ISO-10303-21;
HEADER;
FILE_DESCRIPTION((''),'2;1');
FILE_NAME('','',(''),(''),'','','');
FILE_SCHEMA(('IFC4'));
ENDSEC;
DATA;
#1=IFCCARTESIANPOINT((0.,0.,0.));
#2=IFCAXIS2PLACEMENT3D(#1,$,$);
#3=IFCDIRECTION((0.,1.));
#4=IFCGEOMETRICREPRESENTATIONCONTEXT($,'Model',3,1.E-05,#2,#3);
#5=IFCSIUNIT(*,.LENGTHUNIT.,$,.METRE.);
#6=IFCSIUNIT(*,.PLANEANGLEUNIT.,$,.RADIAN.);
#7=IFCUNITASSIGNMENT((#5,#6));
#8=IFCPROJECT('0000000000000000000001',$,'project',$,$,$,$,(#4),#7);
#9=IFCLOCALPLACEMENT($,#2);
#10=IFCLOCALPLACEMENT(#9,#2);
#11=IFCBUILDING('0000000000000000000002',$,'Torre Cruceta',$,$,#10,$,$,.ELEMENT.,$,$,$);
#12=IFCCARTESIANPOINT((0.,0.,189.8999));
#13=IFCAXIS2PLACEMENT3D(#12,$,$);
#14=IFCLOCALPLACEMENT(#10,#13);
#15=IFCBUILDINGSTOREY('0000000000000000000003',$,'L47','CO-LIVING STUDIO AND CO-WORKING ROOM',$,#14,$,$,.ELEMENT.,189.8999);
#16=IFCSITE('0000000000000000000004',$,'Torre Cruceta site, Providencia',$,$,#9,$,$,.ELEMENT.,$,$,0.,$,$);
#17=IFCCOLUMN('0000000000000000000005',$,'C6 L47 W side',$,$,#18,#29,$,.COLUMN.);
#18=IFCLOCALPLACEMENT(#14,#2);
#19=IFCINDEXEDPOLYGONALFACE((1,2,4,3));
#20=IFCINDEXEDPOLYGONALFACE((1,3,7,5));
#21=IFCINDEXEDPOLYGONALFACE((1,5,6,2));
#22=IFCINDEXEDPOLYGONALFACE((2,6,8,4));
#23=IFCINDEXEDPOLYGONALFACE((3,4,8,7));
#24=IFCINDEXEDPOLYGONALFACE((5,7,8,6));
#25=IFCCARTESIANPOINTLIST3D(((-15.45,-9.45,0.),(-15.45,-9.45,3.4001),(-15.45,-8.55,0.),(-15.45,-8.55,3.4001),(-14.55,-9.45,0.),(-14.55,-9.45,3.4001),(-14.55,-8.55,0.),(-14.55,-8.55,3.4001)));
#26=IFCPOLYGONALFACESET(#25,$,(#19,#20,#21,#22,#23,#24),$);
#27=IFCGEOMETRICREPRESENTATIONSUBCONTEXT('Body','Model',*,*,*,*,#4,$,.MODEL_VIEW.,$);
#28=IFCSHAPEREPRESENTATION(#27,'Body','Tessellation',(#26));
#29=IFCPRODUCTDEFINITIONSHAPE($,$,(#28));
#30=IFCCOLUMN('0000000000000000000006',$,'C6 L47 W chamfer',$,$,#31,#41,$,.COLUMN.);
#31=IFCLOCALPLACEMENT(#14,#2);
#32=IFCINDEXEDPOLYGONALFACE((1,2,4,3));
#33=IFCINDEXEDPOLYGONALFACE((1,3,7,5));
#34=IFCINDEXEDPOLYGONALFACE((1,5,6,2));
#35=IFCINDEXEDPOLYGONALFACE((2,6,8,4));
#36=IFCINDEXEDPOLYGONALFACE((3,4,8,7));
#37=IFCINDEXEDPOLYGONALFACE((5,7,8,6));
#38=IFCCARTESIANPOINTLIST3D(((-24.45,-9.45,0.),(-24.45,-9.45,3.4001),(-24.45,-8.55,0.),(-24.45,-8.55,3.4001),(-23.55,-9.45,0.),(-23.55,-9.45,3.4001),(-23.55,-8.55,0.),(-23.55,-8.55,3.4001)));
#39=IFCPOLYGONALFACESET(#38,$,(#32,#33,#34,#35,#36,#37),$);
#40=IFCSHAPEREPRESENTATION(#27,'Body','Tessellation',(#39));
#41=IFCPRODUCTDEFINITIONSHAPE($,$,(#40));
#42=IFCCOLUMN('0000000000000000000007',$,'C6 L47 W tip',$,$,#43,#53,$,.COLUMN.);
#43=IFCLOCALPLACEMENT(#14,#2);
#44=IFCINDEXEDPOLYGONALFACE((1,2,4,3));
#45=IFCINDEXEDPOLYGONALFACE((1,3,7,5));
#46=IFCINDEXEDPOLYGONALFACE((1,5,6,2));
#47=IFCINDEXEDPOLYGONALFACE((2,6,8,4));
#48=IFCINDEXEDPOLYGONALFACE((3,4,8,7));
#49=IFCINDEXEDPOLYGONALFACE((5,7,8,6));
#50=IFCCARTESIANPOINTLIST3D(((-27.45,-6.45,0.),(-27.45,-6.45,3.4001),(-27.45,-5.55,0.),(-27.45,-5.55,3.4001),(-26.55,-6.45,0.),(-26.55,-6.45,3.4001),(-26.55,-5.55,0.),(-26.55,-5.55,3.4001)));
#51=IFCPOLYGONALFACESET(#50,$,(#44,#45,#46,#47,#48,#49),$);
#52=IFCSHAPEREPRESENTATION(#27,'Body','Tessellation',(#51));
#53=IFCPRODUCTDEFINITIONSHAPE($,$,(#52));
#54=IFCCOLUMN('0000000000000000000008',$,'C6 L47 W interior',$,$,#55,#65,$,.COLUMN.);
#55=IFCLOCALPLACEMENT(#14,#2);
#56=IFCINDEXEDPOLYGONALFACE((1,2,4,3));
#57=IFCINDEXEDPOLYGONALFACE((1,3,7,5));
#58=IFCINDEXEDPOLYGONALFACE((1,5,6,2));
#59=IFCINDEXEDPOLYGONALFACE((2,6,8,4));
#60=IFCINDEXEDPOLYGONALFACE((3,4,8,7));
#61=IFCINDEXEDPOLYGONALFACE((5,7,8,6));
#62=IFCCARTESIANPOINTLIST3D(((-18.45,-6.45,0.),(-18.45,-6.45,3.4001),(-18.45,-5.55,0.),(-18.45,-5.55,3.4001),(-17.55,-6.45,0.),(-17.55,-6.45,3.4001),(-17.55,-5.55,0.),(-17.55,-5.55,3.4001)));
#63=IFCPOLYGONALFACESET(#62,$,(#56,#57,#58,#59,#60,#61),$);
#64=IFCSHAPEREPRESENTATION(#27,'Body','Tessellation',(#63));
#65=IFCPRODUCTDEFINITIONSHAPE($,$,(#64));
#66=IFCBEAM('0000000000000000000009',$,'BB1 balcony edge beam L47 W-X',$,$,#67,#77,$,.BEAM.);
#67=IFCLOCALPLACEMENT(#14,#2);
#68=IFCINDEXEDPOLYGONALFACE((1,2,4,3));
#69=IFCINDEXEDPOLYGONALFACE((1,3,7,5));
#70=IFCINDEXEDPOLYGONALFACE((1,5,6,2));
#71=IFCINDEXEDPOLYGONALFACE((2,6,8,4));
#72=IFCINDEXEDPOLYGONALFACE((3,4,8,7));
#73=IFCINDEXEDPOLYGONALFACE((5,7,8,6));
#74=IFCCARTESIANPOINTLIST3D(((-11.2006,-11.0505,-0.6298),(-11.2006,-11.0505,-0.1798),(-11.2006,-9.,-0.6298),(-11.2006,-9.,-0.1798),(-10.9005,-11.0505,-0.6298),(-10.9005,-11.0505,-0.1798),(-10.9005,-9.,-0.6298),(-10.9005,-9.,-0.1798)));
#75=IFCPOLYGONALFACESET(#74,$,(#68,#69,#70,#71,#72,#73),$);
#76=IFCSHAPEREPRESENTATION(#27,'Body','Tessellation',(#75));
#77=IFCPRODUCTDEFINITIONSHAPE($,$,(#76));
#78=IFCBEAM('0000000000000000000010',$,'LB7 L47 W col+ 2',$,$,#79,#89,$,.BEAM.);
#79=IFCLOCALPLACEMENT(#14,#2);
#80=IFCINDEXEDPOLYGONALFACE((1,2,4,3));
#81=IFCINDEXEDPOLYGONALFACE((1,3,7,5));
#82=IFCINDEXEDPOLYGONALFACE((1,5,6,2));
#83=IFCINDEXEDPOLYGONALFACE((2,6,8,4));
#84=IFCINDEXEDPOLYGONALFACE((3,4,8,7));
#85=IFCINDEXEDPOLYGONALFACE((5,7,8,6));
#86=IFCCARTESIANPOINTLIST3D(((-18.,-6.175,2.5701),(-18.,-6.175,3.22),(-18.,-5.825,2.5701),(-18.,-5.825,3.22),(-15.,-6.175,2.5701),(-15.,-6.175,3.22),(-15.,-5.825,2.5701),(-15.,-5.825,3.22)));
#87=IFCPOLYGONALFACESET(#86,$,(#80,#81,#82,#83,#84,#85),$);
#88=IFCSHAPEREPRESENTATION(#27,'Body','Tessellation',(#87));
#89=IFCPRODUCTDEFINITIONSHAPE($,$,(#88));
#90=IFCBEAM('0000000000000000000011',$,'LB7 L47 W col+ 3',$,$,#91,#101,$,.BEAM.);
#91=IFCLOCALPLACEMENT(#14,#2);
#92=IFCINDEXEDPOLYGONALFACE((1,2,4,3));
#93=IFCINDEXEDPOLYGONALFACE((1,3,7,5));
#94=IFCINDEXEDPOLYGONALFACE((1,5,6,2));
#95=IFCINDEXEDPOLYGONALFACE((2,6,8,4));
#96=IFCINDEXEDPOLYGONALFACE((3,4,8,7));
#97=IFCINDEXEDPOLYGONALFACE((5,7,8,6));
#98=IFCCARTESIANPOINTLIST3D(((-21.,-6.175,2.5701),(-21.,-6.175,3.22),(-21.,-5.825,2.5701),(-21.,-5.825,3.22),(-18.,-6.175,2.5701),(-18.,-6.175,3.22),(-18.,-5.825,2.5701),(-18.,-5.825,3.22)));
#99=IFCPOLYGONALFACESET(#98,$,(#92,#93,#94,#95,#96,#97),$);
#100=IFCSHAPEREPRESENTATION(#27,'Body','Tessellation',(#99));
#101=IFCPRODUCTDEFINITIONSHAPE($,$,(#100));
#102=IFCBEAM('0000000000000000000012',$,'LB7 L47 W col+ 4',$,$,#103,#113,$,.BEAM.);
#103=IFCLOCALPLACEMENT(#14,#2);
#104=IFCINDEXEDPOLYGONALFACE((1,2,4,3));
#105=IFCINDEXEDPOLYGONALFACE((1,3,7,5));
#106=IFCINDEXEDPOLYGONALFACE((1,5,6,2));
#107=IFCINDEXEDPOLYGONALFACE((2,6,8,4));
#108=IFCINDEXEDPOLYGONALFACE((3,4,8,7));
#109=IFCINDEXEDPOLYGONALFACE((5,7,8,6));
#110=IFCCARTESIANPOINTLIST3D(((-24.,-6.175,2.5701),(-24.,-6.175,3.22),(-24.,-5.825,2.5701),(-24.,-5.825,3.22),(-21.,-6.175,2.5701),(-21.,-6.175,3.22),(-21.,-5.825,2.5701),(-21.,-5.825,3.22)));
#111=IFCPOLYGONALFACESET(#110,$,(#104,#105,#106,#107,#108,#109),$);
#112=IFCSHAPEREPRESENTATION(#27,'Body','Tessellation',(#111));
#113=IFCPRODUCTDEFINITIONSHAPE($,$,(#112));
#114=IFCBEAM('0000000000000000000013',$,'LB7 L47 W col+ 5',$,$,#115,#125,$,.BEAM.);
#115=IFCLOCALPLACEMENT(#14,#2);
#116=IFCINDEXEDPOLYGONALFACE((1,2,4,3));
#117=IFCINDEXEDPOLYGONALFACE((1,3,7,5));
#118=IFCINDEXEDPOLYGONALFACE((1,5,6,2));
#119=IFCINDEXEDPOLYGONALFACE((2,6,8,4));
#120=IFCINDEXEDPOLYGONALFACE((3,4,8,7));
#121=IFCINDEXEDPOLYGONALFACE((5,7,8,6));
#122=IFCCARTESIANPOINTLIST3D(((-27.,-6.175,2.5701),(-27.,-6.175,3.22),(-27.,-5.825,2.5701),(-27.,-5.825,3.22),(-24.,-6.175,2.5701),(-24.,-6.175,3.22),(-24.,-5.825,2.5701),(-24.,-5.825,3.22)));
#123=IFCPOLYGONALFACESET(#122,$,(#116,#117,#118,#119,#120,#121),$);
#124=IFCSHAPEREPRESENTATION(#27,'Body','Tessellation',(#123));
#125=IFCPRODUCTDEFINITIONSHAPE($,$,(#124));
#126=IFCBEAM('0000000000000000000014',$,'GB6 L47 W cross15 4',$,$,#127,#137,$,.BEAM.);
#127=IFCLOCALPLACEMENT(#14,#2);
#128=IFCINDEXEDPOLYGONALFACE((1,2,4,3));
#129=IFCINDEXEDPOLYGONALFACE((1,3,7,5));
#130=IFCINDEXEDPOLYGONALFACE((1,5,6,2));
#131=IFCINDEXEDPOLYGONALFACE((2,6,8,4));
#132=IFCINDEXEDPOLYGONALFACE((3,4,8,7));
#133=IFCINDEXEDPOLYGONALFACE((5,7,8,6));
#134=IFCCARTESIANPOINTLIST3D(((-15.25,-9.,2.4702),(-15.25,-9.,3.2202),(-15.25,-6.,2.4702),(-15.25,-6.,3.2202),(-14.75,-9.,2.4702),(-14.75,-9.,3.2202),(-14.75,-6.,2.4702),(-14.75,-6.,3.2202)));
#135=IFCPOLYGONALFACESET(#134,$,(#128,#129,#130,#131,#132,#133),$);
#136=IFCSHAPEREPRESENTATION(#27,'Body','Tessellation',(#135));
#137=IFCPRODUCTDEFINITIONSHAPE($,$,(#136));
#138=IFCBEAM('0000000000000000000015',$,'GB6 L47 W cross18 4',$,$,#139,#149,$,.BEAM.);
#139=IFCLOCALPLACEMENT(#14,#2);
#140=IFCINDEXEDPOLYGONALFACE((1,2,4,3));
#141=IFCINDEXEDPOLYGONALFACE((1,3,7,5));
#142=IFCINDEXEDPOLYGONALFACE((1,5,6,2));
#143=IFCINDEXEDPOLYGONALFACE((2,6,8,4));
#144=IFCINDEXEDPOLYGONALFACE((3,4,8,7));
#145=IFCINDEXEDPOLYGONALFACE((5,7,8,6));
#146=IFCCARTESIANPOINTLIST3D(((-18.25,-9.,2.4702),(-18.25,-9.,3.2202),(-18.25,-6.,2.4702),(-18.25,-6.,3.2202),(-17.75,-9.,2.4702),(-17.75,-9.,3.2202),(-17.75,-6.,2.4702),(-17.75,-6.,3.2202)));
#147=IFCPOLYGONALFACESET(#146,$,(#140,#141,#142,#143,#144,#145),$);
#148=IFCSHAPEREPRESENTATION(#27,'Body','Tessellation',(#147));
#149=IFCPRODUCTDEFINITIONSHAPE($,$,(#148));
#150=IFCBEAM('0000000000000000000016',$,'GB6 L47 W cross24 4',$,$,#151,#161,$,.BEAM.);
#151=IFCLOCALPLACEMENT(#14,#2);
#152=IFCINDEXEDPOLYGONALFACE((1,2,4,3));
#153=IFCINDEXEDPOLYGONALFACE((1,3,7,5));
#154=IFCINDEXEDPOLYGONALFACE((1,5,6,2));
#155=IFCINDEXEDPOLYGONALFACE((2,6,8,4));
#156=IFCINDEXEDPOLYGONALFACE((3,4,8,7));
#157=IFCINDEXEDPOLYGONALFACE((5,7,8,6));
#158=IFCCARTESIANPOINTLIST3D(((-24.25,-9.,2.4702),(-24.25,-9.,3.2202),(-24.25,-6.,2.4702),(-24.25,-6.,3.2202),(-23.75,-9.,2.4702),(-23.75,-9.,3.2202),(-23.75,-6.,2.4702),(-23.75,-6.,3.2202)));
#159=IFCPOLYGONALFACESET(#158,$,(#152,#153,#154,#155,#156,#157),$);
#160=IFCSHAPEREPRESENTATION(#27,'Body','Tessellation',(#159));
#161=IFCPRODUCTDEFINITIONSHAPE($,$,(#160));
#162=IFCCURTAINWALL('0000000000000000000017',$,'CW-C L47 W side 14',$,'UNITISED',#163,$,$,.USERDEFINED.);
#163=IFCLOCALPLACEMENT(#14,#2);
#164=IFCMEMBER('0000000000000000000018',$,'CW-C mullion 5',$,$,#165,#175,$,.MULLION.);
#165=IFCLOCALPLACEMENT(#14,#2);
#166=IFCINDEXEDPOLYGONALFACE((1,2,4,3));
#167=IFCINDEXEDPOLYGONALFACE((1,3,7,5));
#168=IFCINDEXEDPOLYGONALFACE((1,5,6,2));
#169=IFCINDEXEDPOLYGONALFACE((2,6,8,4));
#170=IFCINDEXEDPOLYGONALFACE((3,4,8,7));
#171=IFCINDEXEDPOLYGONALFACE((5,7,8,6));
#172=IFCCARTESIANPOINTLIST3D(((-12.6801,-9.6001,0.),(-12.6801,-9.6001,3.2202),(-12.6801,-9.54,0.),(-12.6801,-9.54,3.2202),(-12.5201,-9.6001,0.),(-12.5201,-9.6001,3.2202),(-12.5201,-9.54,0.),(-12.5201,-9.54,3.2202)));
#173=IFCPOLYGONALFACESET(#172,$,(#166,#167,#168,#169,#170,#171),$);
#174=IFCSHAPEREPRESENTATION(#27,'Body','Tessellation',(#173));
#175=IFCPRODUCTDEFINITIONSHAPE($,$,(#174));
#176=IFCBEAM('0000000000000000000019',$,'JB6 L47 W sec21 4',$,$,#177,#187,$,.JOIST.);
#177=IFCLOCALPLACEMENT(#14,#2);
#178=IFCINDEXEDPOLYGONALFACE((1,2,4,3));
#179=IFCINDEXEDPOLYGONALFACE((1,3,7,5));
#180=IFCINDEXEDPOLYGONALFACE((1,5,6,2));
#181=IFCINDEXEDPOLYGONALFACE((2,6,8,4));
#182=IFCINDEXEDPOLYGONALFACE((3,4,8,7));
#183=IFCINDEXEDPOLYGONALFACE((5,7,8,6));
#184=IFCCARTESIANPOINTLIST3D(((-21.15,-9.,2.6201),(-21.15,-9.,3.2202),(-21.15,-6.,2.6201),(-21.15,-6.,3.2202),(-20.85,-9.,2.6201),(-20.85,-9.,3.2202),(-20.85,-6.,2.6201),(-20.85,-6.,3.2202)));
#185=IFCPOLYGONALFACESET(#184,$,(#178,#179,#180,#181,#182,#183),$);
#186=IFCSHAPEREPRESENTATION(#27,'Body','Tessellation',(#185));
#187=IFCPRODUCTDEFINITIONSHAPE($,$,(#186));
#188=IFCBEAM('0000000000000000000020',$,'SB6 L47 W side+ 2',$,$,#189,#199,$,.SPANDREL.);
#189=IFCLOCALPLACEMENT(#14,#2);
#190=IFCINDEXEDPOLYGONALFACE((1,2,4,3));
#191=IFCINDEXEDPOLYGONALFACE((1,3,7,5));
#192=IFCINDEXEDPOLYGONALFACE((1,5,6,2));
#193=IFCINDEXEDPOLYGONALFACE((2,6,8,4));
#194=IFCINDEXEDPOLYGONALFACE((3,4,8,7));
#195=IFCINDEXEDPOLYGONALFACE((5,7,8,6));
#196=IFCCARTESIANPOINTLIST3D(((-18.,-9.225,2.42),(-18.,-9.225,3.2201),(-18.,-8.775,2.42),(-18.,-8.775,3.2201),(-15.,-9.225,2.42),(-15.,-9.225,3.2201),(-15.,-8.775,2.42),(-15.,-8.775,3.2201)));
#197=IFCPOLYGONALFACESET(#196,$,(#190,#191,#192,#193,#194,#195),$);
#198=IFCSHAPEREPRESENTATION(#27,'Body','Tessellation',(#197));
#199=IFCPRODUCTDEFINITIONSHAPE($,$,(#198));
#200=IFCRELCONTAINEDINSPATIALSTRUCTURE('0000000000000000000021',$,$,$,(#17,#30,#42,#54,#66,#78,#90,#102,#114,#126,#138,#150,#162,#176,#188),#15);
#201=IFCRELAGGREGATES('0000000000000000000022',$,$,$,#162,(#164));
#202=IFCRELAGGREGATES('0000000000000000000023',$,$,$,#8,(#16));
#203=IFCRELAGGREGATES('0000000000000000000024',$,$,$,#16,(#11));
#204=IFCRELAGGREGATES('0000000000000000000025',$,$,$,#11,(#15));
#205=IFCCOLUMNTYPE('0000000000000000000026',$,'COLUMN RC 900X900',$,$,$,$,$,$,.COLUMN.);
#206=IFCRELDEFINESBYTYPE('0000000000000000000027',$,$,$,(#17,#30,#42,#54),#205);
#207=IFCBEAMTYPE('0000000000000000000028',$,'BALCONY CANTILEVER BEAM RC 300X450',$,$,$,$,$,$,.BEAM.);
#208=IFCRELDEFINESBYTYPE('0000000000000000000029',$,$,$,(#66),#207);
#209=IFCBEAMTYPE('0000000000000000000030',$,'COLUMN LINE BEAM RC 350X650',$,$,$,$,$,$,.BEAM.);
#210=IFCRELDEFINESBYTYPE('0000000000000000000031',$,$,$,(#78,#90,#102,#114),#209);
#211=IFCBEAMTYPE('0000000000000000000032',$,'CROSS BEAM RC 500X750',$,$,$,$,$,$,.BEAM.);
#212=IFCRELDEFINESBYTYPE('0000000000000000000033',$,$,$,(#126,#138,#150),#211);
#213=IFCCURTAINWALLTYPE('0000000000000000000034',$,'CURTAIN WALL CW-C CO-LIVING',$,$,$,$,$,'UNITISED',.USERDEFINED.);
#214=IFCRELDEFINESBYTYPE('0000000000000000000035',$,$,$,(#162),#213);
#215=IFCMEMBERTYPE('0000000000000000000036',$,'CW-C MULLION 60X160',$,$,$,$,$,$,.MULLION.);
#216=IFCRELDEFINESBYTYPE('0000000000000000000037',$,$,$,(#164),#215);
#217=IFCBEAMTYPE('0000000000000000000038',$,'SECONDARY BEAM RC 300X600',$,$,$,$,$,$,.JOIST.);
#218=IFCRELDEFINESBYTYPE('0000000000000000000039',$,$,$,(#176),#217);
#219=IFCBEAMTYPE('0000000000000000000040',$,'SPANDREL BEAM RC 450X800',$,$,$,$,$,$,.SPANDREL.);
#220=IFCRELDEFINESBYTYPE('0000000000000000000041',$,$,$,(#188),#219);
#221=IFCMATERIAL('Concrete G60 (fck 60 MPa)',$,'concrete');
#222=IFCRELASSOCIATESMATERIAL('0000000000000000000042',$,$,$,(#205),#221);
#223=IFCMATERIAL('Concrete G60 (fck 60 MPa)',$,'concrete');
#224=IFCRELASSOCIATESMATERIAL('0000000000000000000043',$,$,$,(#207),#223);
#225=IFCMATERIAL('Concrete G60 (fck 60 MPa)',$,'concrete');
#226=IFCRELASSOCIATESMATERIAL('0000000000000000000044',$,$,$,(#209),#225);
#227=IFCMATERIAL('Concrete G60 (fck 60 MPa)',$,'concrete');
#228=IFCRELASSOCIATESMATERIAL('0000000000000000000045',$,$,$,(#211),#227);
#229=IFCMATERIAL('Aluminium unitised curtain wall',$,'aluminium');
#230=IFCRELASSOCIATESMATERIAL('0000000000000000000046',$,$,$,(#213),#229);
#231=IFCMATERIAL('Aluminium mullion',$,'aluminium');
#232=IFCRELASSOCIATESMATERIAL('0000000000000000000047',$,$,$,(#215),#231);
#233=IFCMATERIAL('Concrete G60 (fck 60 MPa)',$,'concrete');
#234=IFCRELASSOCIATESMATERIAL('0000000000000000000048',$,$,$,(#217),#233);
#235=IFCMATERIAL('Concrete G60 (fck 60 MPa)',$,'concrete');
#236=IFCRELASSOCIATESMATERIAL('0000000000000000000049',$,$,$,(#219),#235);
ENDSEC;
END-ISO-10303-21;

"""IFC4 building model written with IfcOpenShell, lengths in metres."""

from ifc_helpers import new_model, si_unit, direction, frame, origin, origin_2d, place, context, subcontext, project, spatial, rectangle, extrude, material, material_profile, profile_set, type_object, element, aggregate, save


model = new_model("IFC4")

# Units and contexts
model_context = context("Model", 3, precision=1e-05, world=origin(), true_north=direction((0.0, 1.0)))
body_context = subcontext(model_context, "Body", "Model", "MODEL_VIEW")
ifc_project = project(units=[si_unit("LENGTHUNIT", "METRE"), si_unit("PLANEANGLEUNIT", "RADIAN")], contexts=[model_context])

# Site, building, storey
site_placement = place(None, origin())
site = spatial("IfcSite", under=ifc_project, at=site_placement, Name="Torre Cruceta site, Providencia", CompositionType="ELEMENT", RefElevation=0.0)
building_placement = place(site_placement, origin())
building = spatial("IfcBuilding", under=site, at=building_placement, Name="Torre Cruceta", CompositionType="ELEMENT")
storey_placement = place(building_placement, frame((0.0, 0.0, 189.8999)))
storey = spatial("IfcBuildingStorey", under=building, at=storey_placement, Name="L47", Description="CO-LIVING STUDIO AND CO-WORKING ROOM", CompositionType="ELEMENT", Elevation=189.8999)

# Columns
ifc_material_1 = material(Name="Concrete G60 (fck 60 MPa)", Category="concrete")
ifc_material_profile_1 = material_profile(ifc_material_1, rectangle(XDim=0.8999, YDim=0.8999, at=origin_2d()), Name="RC 900X900")
ifc_profile_set_1 = profile_set([ifc_material_profile_1], Name="Concrete G60 (fck 60 MPa)")
column_type = type_object("IfcColumnType", Name="COLUMN RC 900X900", PredefinedType="COLUMN", material=ifc_profile_set_1)
for number, where, z_axis, x_axis, name in (
    (1, (-15.0, -9.0, 0.0), (0.0, 0.0, 1.0), (1.0, 0.0, 0.0), "C6 L47 W side"),
    (2, (-24.0, -9.0, 0.0), (0.0, 0.0, 1.0), (1.0, 0.0, 0.0), "C6 L47 W chamfer"),
    (3, (-27.0, -6.0, 0.0), (0.0, 0.0, 1.0), (1.0, 0.0, 0.0), "C6 L47 W tip"),
    (4, (-18.0, -6.0, 0.0), (0.0, 0.0, 1.0), (1.0, 0.0, 0.0), "C6 L47 W interior"),
):
    element("IfcColumn", number, at=place(storey_placement, frame(where, z_axis=z_axis, x_axis=x_axis)), inside=storey, type_object=column_type, Name=name, PredefinedType="COLUMN", context=body_context, shape_type="SweptSolid", body=[
        extrude(rectangle(XDim=0.8999, YDim=0.8999, at=origin_2d()), origin(), (0.0, 0.0, 1.0), 3.4001),
    ])

# Beams
ifc_material_2 = material(Name="Concrete G60 (fck 60 MPa)", Category="concrete")
ifc_material_profile_2 = material_profile(ifc_material_2, rectangle(XDim=0.3, YDim=0.45, at=origin_2d()), Name="RC 300X450")
ifc_profile_set_2 = profile_set([ifc_material_profile_2], Name="Concrete G60 (fck 60 MPa)")
beam_type_1 = type_object("IfcBeamType", Name="BALCONY CANTILEVER BEAM RC 300X450", PredefinedType="BEAM", material=ifc_profile_set_2)
beam_1_placement = place(storey_placement, frame((-11.0505, -9.0, -0.4048), z_axis=(0.0, -1.0, 0.0), x_axis=(1.0, 0.0, 0.0)))
element("IfcBeam", 5, at=beam_1_placement, inside=storey, type_object=beam_type_1, Name="BB1 balcony edge beam L47 W-X", PredefinedType="BEAM", context=body_context, shape_type="SweptSolid", body=[
    extrude(rectangle(XDim=0.3, YDim=0.45, at=origin_2d()), origin(), (0.0, 0.0, 1.0), 2.0505),
])
ifc_material_3 = material(Name="Concrete G60 (fck 60 MPa)", Category="concrete")
ifc_material_profile_3 = material_profile(ifc_material_3, rectangle(XDim=0.3501, YDim=0.6499, at=origin_2d()), Name="RC 350X650")
ifc_profile_set_3 = profile_set([ifc_material_profile_3], Name="Concrete G60 (fck 60 MPa)")
beam_type_2 = type_object("IfcBeamType", Name="COLUMN LINE BEAM RC 350X650", PredefinedType="BEAM", material=ifc_profile_set_3)
for number, where, z_axis, x_axis, name in (
    (6, (-15.0, -6.0, 2.895), (-1.0, 0.0, 0.0), (0.0, -1.0, 0.0), "LB7 L47 W col+ 2"),
    (7, (-18.0, -6.0, 2.895), (-1.0, 0.0, 0.0), (0.0, -1.0, 0.0), "LB7 L47 W col+ 3"),
    (8, (-21.0, -6.0, 2.895), (-1.0, 0.0, 0.0), (0.0, -1.0, 0.0), "LB7 L47 W col+ 4"),
    (9, (-24.0, -6.0, 2.895), (-1.0, 0.0, 0.0), (0.0, -1.0, 0.0), "LB7 L47 W col+ 5"),
):
    element("IfcBeam", number, at=place(storey_placement, frame(where, z_axis=z_axis, x_axis=x_axis)), inside=storey, type_object=beam_type_2, Name=name, PredefinedType="BEAM", context=body_context, shape_type="SweptSolid", body=[
        extrude(rectangle(XDim=0.3501, YDim=0.6499, at=origin_2d()), origin(), (0.0, 0.0, 1.0), 3.0),
    ])
ifc_material_4 = material(Name="Concrete G60 (fck 60 MPa)", Category="concrete")
ifc_material_profile_4 = material_profile(ifc_material_4, rectangle(XDim=0.5, YDim=0.75, at=origin_2d()), Name="RC 500X750")
ifc_profile_set_4 = profile_set([ifc_material_profile_4], Name="Concrete G60 (fck 60 MPa)")
beam_type_3 = type_object("IfcBeamType", Name="CROSS BEAM RC 500X750", PredefinedType="BEAM", material=ifc_profile_set_4)
for number, where, z_axis, x_axis, name in (
    (10, (-15.0, -6.0, 2.8452), (0.0, -1.0, 0.0), (1.0, 0.0, 0.0), "GB6 L47 W cross15 4"),
    (11, (-18.0, -6.0, 2.8452), (0.0, -1.0, 0.0), (1.0, 0.0, 0.0), "GB6 L47 W cross18 4"),
    (12, (-24.0, -6.0, 2.8452), (0.0, -1.0, 0.0), (1.0, 0.0, 0.0), "GB6 L47 W cross24 4"),
):
    element("IfcBeam", number, at=place(storey_placement, frame(where, z_axis=z_axis, x_axis=x_axis)), inside=storey, type_object=beam_type_3, Name=name, PredefinedType="BEAM", context=body_context, shape_type="SweptSolid", body=[
        extrude(rectangle(XDim=0.5, YDim=0.75, at=origin_2d()), origin(), (0.0, 0.0, 1.0), 3.0),
    ])

# Curtain wall, member
ifc_material_5 = material(Name="Aluminium unitised curtain wall", Category="aluminium")
curtain_wall_type = type_object("IfcCurtainWallType", Name="CURTAIN WALL CW-C CO-LIVING", ElementType="UNITISED", PredefinedType="USERDEFINED", material=ifc_material_5)
curtain_wall_placement = place(storey_placement, origin())
curtain_wall = element("IfcCurtainWall", 13, at=curtain_wall_placement, inside=storey, type_object=curtain_wall_type, Name="CW-C L47 W side 14", ObjectType="UNITISED", PredefinedType="USERDEFINED")
ifc_material_6 = material(Name="Aluminium mullion", Category="aluminium")
ifc_material_profile_5 = material_profile(ifc_material_6, rectangle(XDim=0.0601, YDim=0.1599, at=origin_2d()), Name="AL 60X160")
ifc_profile_set_5 = profile_set([ifc_material_profile_5], Name="Aluminium mullion")
member_type = type_object("IfcMemberType", Name="CW-C MULLION 60X160", PredefinedType="MULLION", material=ifc_profile_set_5)
member_placement = place(storey_placement, frame((-12.6001, -9.5701, 0.0), z_axis=(0.0, 0.0, 1.0), x_axis=(0.0, 1.0, 0.0)))
member = element("IfcMember", 14, at=member_placement, type_object=member_type, Name="CW-C mullion 5", PredefinedType="MULLION", context=body_context, shape_type="SweptSolid", body=[
    extrude(rectangle(XDim=0.0601, YDim=0.1599, at=origin_2d()), origin(), (0.0, 0.0, 1.0), 3.2202),
])
aggregate(curtain_wall, [member])

# Beams
ifc_material_7 = material(Name="Concrete G60 (fck 60 MPa)", Category="concrete")
ifc_material_profile_6 = material_profile(ifc_material_7, rectangle(XDim=0.3, YDim=0.6001, at=origin_2d()), Name="RC 300X600")
ifc_profile_set_6 = profile_set([ifc_material_profile_6], Name="Concrete G60 (fck 60 MPa)")
beam_type_4 = type_object("IfcBeamType", Name="SECONDARY BEAM RC 300X600", PredefinedType="JOIST", material=ifc_profile_set_6)
beam_2_placement = place(storey_placement, frame((-21.0, -6.0, 2.9202), z_axis=(0.0, -1.0, 0.0), x_axis=(1.0, 0.0, 0.0)))
element("IfcBeam", 15, at=beam_2_placement, inside=storey, type_object=beam_type_4, Name="JB6 L47 W sec21 4", PredefinedType="JOIST", context=body_context, shape_type="SweptSolid", body=[
    extrude(rectangle(XDim=0.3, YDim=0.6001, at=origin_2d()), origin(), (0.0, 0.0, 1.0), 3.0),
])
ifc_material_8 = material(Name="Concrete G60 (fck 60 MPa)", Category="concrete")
ifc_material_profile_7 = material_profile(ifc_material_8, rectangle(XDim=0.45, YDim=0.8, at=origin_2d()), Name="RC 450X800")
ifc_profile_set_7 = profile_set([ifc_material_profile_7], Name="Concrete G60 (fck 60 MPa)")
beam_type_5 = type_object("IfcBeamType", Name="SPANDREL BEAM RC 450X800", PredefinedType="SPANDREL", material=ifc_profile_set_7)
for number, where, z_axis, x_axis, name in (
    (16, (-15.0, -9.0, 2.8201), (-1.0, 0.0, 0.0), (0.0, -1.0, 0.0), "SB6 L47 W side+ 2"),
):
    element("IfcBeam", number, at=place(storey_placement, frame(where, z_axis=z_axis, x_axis=x_axis)), inside=storey, type_object=beam_type_5, Name=name, PredefinedType="SPANDREL", context=body_context, shape_type="SweptSolid", body=[
        extrude(rectangle(XDim=0.45, YDim=0.8, at=origin_2d()), origin(), (0.0, 0.0, 1.0), 3.0),
    ])

save(model, "model.ifc")
